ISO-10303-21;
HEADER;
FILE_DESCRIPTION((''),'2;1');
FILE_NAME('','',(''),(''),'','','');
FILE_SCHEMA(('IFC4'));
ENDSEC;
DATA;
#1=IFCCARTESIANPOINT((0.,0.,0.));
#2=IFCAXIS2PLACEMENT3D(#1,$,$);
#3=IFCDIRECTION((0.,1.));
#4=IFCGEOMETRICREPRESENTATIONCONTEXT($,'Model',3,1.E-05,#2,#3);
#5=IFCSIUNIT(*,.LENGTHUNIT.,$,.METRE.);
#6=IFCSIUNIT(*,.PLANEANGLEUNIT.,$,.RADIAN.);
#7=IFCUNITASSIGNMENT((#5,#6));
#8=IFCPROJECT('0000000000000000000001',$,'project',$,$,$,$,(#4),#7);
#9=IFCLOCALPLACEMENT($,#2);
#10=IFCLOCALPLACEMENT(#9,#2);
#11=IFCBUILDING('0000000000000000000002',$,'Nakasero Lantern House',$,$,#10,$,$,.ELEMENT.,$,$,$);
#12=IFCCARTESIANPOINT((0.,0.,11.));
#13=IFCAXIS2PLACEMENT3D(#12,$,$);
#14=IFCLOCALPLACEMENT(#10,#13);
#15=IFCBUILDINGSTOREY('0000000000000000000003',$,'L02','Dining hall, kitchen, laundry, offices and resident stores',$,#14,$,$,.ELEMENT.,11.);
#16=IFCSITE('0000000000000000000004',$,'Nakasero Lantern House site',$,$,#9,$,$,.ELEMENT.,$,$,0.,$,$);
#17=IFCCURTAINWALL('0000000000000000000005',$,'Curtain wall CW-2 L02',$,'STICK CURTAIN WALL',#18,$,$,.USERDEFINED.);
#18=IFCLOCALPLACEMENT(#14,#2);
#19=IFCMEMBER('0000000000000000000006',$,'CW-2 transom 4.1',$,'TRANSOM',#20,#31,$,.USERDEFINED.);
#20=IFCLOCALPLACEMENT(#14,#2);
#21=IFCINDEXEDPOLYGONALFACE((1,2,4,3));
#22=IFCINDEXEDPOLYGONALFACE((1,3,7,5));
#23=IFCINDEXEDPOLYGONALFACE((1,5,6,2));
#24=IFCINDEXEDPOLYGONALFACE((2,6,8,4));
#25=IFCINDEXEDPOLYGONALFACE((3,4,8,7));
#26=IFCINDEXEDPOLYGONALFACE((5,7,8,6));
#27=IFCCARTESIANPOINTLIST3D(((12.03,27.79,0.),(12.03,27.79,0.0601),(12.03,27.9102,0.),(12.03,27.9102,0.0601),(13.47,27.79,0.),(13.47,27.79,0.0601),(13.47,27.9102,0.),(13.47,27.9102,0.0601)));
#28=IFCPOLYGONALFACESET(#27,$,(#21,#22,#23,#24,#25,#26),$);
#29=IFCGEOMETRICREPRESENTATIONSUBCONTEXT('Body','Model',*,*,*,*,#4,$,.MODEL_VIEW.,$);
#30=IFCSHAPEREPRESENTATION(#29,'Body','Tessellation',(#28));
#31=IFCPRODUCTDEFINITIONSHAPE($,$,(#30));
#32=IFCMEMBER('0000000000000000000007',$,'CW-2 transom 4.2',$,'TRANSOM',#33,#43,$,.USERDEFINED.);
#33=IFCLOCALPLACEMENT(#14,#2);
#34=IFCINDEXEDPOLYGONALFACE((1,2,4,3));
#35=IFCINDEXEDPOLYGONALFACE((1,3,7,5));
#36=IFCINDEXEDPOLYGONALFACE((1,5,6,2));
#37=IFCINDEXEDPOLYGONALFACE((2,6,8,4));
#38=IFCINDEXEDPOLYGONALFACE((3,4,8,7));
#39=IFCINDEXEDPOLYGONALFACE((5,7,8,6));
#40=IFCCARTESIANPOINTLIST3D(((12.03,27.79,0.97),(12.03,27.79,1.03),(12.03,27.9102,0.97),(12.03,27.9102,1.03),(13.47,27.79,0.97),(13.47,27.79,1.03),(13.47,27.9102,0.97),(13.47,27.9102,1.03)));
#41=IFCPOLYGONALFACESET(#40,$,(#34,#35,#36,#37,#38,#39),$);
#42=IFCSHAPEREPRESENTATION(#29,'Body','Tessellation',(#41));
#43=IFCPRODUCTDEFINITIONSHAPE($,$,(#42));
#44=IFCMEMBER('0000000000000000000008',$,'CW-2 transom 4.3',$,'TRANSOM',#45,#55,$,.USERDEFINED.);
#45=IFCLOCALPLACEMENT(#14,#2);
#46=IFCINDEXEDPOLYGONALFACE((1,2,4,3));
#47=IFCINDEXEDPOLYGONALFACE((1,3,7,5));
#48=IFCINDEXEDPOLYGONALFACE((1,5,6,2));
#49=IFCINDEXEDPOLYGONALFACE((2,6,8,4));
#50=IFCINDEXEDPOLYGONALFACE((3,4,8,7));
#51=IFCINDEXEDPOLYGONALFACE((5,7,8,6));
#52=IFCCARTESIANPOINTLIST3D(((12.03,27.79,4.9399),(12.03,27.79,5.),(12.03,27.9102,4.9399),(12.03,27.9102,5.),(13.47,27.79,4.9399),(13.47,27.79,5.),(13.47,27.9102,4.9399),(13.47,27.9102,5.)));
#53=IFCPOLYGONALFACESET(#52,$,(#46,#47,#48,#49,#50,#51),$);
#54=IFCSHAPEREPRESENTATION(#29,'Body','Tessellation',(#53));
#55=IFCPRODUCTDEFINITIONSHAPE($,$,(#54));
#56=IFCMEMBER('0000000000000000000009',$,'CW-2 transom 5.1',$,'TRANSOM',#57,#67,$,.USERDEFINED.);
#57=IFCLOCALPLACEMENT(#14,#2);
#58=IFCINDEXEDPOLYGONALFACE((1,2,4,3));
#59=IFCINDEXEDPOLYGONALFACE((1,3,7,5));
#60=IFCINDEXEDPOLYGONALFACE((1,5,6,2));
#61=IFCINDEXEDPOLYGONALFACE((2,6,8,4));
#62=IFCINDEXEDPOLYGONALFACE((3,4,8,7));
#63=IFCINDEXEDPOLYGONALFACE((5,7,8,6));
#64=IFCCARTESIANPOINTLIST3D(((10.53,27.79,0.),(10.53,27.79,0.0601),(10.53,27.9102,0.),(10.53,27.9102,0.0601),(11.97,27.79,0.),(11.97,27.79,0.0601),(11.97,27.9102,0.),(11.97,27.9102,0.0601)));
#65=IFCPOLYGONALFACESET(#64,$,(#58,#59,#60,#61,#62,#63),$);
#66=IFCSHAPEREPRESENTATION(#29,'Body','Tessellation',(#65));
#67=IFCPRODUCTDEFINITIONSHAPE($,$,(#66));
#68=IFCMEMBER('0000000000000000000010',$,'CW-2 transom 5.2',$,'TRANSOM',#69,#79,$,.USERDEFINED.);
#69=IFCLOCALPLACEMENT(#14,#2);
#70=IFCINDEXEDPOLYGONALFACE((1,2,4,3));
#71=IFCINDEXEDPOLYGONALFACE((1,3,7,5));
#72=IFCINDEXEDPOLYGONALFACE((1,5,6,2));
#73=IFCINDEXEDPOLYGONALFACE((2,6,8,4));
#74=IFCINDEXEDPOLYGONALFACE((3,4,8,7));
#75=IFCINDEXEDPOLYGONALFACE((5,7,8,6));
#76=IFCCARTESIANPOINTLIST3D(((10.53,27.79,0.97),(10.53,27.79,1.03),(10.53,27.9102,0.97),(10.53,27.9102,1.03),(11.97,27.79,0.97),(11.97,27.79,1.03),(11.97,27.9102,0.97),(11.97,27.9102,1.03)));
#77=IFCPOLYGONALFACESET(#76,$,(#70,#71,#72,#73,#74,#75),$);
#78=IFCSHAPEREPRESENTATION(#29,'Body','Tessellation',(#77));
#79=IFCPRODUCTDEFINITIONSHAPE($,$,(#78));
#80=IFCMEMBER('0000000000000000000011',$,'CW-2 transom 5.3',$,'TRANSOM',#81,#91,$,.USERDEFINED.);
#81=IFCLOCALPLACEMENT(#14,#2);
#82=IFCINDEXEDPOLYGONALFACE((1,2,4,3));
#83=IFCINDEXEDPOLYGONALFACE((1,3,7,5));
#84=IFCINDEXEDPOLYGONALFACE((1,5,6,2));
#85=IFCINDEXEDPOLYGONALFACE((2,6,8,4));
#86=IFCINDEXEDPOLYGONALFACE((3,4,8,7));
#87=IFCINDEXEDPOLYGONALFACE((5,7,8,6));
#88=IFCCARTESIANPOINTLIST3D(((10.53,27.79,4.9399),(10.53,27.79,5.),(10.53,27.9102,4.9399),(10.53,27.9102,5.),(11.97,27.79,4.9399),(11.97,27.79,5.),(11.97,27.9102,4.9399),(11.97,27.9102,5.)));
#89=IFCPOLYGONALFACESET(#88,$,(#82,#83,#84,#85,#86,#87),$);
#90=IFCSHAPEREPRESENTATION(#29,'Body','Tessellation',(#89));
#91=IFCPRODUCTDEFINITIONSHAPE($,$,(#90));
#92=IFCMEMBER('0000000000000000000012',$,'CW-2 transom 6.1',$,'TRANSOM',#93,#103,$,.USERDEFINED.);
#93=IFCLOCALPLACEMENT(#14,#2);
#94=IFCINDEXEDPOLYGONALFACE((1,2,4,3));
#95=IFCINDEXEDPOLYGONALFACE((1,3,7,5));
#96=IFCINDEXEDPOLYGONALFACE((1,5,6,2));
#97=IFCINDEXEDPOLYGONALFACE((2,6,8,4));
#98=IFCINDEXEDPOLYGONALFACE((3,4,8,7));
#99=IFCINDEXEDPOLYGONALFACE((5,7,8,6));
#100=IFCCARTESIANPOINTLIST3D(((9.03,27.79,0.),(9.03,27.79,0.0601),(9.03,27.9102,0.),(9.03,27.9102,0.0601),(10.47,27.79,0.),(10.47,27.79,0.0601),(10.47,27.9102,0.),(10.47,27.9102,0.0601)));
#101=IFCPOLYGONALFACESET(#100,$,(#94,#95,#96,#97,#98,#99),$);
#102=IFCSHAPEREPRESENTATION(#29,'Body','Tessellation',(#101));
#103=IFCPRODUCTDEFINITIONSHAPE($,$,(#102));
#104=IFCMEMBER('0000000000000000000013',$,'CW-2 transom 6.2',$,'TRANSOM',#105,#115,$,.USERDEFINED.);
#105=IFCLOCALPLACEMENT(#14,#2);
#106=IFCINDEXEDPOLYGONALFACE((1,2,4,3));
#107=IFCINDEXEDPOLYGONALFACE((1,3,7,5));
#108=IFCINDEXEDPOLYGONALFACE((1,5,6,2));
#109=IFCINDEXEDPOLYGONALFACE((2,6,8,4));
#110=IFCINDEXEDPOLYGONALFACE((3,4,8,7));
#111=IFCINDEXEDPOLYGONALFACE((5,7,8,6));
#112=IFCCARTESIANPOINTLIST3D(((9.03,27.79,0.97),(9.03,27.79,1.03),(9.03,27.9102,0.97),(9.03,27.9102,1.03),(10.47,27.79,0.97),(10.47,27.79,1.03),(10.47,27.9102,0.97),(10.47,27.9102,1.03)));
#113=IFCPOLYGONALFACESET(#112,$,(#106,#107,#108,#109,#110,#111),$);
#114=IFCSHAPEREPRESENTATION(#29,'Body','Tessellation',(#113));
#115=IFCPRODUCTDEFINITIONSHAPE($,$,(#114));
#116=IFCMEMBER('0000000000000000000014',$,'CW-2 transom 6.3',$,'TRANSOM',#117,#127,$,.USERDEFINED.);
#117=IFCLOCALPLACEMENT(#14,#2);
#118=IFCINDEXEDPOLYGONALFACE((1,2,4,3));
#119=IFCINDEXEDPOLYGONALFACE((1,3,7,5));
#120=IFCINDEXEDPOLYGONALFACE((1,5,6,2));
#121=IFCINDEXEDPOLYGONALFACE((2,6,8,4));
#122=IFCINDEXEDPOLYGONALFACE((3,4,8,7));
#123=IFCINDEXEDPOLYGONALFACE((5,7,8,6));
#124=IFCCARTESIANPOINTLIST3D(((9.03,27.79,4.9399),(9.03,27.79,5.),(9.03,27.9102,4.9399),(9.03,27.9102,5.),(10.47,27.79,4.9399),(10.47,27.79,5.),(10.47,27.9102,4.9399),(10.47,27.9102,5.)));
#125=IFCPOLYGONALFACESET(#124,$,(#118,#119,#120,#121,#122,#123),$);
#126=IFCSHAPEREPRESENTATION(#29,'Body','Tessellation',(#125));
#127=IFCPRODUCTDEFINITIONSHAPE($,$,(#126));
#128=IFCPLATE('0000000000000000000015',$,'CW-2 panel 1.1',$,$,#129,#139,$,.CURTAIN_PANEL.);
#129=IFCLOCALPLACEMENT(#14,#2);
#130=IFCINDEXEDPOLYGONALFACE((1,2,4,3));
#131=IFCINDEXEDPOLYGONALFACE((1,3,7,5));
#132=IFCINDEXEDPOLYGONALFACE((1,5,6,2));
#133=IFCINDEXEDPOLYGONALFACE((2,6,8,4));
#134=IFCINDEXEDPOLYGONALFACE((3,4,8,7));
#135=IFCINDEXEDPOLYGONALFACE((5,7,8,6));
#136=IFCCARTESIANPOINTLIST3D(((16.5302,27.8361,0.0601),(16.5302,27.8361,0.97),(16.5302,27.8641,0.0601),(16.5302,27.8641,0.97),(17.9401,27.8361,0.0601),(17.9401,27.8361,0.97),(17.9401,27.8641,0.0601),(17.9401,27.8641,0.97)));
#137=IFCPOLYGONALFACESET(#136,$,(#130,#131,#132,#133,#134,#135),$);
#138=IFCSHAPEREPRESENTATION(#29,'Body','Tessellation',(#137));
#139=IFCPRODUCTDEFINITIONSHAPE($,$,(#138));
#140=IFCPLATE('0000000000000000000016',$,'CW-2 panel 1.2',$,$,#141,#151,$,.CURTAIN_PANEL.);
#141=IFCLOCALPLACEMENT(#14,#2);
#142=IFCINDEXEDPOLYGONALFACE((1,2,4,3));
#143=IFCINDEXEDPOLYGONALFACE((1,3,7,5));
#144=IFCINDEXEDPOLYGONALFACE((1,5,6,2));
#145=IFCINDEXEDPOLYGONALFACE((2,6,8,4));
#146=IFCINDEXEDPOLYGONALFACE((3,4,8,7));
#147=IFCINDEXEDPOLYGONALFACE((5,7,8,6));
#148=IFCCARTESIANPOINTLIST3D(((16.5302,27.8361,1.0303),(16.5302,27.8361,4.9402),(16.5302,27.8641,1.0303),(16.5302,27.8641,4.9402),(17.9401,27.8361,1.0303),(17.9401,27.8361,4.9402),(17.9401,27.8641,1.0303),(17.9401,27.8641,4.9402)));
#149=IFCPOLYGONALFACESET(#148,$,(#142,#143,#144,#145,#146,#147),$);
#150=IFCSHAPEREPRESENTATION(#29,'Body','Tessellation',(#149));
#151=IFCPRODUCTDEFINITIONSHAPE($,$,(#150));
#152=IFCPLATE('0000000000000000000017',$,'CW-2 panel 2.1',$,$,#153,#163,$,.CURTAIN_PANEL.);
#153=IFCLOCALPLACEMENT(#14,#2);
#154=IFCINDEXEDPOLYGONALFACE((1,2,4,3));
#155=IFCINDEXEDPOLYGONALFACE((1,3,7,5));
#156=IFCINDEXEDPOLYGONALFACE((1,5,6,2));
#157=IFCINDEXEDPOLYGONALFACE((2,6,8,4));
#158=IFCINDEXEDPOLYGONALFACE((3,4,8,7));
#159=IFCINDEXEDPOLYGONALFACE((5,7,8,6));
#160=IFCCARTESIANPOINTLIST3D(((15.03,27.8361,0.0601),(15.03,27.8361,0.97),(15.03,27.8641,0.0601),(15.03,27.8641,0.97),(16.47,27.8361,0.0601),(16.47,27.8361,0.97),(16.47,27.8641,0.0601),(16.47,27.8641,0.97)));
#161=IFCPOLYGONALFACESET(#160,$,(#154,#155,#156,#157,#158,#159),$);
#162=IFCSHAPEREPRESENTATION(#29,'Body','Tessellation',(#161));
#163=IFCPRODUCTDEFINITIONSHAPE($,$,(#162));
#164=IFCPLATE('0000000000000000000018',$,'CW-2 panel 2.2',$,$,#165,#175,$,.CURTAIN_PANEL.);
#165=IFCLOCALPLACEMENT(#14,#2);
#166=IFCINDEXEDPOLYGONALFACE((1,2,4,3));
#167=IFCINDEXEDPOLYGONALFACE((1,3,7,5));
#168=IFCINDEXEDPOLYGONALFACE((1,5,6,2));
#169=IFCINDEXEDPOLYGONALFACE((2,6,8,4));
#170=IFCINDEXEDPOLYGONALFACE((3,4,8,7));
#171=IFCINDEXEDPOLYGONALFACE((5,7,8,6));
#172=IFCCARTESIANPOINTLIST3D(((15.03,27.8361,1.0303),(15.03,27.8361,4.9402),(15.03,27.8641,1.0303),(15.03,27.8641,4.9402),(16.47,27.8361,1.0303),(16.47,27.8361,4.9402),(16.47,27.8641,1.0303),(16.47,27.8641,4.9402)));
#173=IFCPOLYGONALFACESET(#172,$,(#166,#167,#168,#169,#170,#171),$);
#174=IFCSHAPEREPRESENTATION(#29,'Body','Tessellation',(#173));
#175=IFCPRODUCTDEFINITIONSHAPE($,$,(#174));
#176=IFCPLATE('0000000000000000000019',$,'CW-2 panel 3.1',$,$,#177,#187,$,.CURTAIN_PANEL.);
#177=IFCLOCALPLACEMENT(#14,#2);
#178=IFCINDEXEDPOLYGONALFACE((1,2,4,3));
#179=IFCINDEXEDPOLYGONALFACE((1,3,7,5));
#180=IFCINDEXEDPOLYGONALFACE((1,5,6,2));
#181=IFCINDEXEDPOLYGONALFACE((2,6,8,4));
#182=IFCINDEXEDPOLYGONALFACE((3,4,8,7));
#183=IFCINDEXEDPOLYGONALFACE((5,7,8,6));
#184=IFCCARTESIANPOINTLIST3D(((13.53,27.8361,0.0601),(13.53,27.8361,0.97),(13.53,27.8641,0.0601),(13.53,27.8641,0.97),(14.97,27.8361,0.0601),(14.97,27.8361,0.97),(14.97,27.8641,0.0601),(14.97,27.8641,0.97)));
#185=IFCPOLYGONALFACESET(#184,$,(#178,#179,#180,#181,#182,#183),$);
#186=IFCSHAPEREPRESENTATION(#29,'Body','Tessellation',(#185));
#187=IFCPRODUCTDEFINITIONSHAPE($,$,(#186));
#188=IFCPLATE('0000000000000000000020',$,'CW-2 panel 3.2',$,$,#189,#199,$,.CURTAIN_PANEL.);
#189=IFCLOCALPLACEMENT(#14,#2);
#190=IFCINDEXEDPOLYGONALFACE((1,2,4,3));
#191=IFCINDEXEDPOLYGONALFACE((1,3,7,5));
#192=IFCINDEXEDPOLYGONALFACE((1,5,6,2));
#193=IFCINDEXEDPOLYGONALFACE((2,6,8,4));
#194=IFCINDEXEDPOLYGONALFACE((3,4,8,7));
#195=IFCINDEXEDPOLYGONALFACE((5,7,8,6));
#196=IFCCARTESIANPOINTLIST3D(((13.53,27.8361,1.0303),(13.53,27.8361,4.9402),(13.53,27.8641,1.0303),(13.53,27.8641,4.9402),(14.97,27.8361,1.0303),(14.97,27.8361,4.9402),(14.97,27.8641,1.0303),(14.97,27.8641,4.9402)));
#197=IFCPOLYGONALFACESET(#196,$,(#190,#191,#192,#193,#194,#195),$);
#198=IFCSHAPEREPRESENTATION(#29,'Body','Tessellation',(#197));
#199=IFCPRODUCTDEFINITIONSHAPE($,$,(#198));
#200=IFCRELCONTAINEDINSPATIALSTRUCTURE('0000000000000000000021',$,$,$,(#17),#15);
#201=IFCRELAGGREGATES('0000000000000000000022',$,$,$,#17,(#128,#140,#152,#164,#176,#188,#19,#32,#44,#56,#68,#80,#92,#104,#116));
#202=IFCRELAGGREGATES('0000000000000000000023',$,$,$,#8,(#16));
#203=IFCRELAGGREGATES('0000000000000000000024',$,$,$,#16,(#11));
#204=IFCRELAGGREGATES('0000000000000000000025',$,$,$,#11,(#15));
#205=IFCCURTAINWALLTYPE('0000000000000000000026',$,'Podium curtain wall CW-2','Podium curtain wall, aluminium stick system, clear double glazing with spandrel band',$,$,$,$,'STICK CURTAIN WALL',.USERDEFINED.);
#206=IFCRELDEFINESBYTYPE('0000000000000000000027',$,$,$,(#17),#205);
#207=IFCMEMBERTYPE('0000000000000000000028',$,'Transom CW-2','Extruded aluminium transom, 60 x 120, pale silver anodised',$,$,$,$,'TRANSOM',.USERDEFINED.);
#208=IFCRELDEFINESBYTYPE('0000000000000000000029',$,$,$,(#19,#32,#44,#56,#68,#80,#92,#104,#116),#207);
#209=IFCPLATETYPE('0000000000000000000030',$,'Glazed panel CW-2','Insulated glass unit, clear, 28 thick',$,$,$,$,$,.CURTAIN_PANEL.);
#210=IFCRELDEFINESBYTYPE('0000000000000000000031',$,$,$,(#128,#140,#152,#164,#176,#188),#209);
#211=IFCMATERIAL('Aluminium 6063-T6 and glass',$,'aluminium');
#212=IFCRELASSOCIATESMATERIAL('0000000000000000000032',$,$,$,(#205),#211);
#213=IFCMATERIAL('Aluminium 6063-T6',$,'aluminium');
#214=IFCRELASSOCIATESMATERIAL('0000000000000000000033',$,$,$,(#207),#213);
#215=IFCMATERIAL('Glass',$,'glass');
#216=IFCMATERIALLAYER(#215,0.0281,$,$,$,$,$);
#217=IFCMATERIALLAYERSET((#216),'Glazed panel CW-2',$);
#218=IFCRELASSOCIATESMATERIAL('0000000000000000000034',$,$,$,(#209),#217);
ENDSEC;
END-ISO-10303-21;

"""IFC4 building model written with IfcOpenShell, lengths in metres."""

from ifc_helpers import new_model, si_unit, direction, frame, origin, origin_2d, place, context, subcontext, project, spatial, rectangle, extrude, material, layer, layer_set, material_profile, profile_set, type_object, element, aggregate, save


model = new_model("IFC4")

# Units and contexts
model_context = context("Model", 3, precision=1e-05, world=origin(), true_north=direction((0.0, 1.0)))
body_context = subcontext(model_context, "Body", "Model", "MODEL_VIEW")
ifc_project = project(units=[si_unit("LENGTHUNIT", "METRE"), si_unit("PLANEANGLEUNIT", "RADIAN")], contexts=[model_context])

# Site, building, storey
site_placement = place(None, origin())
site = spatial("IfcSite", under=ifc_project, at=site_placement, Name="Nakasero Lantern House site", CompositionType="ELEMENT", RefElevation=0.0)
building_placement = place(site_placement, origin())
building = spatial("IfcBuilding", under=site, at=building_placement, Name="Nakasero Lantern House", CompositionType="ELEMENT")
storey_placement = place(building_placement, frame((0.0, 0.0, 11.0)))
storey = spatial("IfcBuildingStorey", under=building, at=storey_placement, Name="L02", Description="Dining hall, kitchen, laundry, offices and resident stores", CompositionType="ELEMENT", Elevation=11.0)

# Curtain wall, members, plates
ifc_material_1 = material(Name="Aluminium 6063-T6 and glass", Category="aluminium")
curtain_wall_type = type_object("IfcCurtainWallType", Name="Podium curtain wall CW-2", Description="Podium curtain wall, aluminium stick system, clear double glazing with spandrel band", ElementType="STICK CURTAIN WALL", PredefinedType="USERDEFINED", material=ifc_material_1)
curtain_wall_placement = place(storey_placement, origin())
curtain_wall = element("IfcCurtainWall", 1, at=curtain_wall_placement, inside=storey, type_object=curtain_wall_type, Name="Curtain wall CW-2 L02", ObjectType="STICK CURTAIN WALL", PredefinedType="USERDEFINED")
ifc_material_2 = material(Name="Aluminium 6063-T6", Category="aluminium")
ifc_material_profile_1 = material_profile(ifc_material_2, rectangle(XDim=0.0601, YDim=0.1201, at=origin_2d()), Name="CW-2 transom 60x120")
ifc_profile_set_1 = profile_set([ifc_material_profile_1], Name="Aluminium 6063-T6")
member_type_1 = type_object("IfcMemberType", Name="Transom CW-2", Description="Extruded aluminium transom, 60 x 120, pale silver anodised", ElementType="TRANSOM", PredefinedType="USERDEFINED", material=ifc_profile_set_1)
member_1_placement = place(storey_placement, frame((13.47, 27.8501, 0.03), z_axis=(-1.0, 0.0, 0.0), x_axis=(0.0, 0.0, 1.0)))
member_1 = element("IfcMember", 2, at=member_1_placement, type_object=member_type_1, Name="CW-2 transom 4.1", ObjectType="TRANSOM", PredefinedType="USERDEFINED", context=body_context, shape_type="SweptSolid", body=[
    extrude(rectangle(XDim=0.0601, YDim=0.1201, at=origin_2d()), origin(), (0.0, 0.0, 1.0), 1.4399),
])
member_2_placement = place(storey_placement, frame((13.47, 27.8501, 1.0), z_axis=(-1.0, 0.0, 0.0), x_axis=(0.0, 0.0, 1.0)))
member_2 = element("IfcMember", 3, at=member_2_placement, type_object=member_type_1, Name="CW-2 transom 4.2", ObjectType="TRANSOM", PredefinedType="USERDEFINED", context=body_context, shape_type="SweptSolid", body=[
    extrude(rectangle(XDim=0.0601, YDim=0.1201, at=origin_2d()), origin(), (0.0, 0.0, 1.0), 1.4399),
])
member_3_placement = place(storey_placement, frame((13.47, 27.8501, 4.97), z_axis=(-1.0, 0.0, 0.0), x_axis=(0.0, 0.0, 1.0)))
member_3 = element("IfcMember", 4, at=member_3_placement, type_object=member_type_1, Name="CW-2 transom 4.3", ObjectType="TRANSOM", PredefinedType="USERDEFINED", context=body_context, shape_type="SweptSolid", body=[
    extrude(rectangle(XDim=0.0601, YDim=0.1201, at=origin_2d()), origin(), (0.0, 0.0, 1.0), 1.4399),
])
member_4_placement = place(storey_placement, frame((11.97, 27.8501, 0.03), z_axis=(-1.0, 0.0, 0.0), x_axis=(0.0, 0.0, 1.0)))
member_4 = element("IfcMember", 5, at=member_4_placement, type_object=member_type_1, Name="CW-2 transom 5.1", ObjectType="TRANSOM", PredefinedType="USERDEFINED", context=body_context, shape_type="SweptSolid", body=[
    extrude(rectangle(XDim=0.0601, YDim=0.1201, at=origin_2d()), origin(), (0.0, 0.0, 1.0), 1.4399),
])
member_5_placement = place(storey_placement, frame((11.97, 27.8501, 1.0), z_axis=(-1.0, 0.0, 0.0), x_axis=(0.0, 0.0, 1.0)))
member_5 = element("IfcMember", 6, at=member_5_placement, type_object=member_type_1, Name="CW-2 transom 5.2", ObjectType="TRANSOM", PredefinedType="USERDEFINED", context=body_context, shape_type="SweptSolid", body=[
    extrude(rectangle(XDim=0.0601, YDim=0.1201, at=origin_2d()), origin(), (0.0, 0.0, 1.0), 1.4399),
])
member_6_placement = place(storey_placement, frame((11.97, 27.8501, 4.97), z_axis=(-1.0, 0.0, 0.0), x_axis=(0.0, 0.0, 1.0)))
member_6 = element("IfcMember", 7, at=member_6_placement, type_object=member_type_1, Name="CW-2 transom 5.3", ObjectType="TRANSOM", PredefinedType="USERDEFINED", context=body_context, shape_type="SweptSolid", body=[
    extrude(rectangle(XDim=0.0601, YDim=0.1201, at=origin_2d()), origin(), (0.0, 0.0, 1.0), 1.4399),
])
member_7_placement = place(storey_placement, frame((10.47, 27.8501, 0.03), z_axis=(-1.0, 0.0, 0.0), x_axis=(0.0, 0.0, 1.0)))
member_7 = element("IfcMember", 8, at=member_7_placement, type_object=member_type_1, Name="CW-2 transom 6.1", ObjectType="TRANSOM", PredefinedType="USERDEFINED", context=body_context, shape_type="SweptSolid", body=[
    extrude(rectangle(XDim=0.0601, YDim=0.1201, at=origin_2d()), origin(), (0.0, 0.0, 1.0), 1.4399),
])
member_8_placement = place(storey_placement, frame((10.47, 27.8501, 1.0), z_axis=(-1.0, 0.0, 0.0), x_axis=(0.0, 0.0, 1.0)))
member_8 = element("IfcMember", 9, at=member_8_placement, type_object=member_type_1, Name="CW-2 transom 6.2", ObjectType="TRANSOM", PredefinedType="USERDEFINED", context=body_context, shape_type="SweptSolid", body=[
    extrude(rectangle(XDim=0.0601, YDim=0.1201, at=origin_2d()), origin(), (0.0, 0.0, 1.0), 1.4399),
])
member_9_placement = place(storey_placement, frame((10.47, 27.8501, 4.97), z_axis=(-1.0, 0.0, 0.0), x_axis=(0.0, 0.0, 1.0)))
member_9 = element("IfcMember", 10, at=member_9_placement, type_object=member_type_1, Name="CW-2 transom 6.3", ObjectType="TRANSOM", PredefinedType="USERDEFINED", context=body_context, shape_type="SweptSolid", body=[
    extrude(rectangle(XDim=0.0601, YDim=0.1201, at=origin_2d()), origin(), (0.0, 0.0, 1.0), 1.4399),
])
ifc_material_3 = material(Name="Glass", Category="glass")
ifc_layer = layer(ifc_material_3, 0.0281)
ifc_layer_set = layer_set([ifc_layer], Name="Glazed panel CW-2")
plate_type = type_object("IfcPlateType", Name="Glazed panel CW-2", Description="Insulated glass unit, clear, 28 thick", PredefinedType="CURTAIN_PANEL", material=ifc_layer_set)
plate_1_placement = place(storey_placement, frame((17.2351, 27.8501, 0.0601), z_axis=(0.0, 0.0, 1.0), x_axis=(-1.0, 0.0, 0.0)))
plate_1 = element("IfcPlate", 11, at=plate_1_placement, type_object=plate_type, Name="CW-2 panel 1.1", PredefinedType="CURTAIN_PANEL", context=body_context, shape_type="SweptSolid", body=[
    extrude(rectangle(XDim=1.4099, YDim=0.0281, at=origin_2d()), origin(), (0.0, 0.0, 1.0), 0.9099),
])
plate_2_placement = place(storey_placement, frame((17.2351, 27.8501, 1.0303), z_axis=(0.0, 0.0, 1.0), x_axis=(-1.0, 0.0, 0.0)))
plate_2 = element("IfcPlate", 12, at=plate_2_placement, type_object=plate_type, Name="CW-2 panel 1.2", PredefinedType="CURTAIN_PANEL", context=body_context, shape_type="SweptSolid", body=[
    extrude(rectangle(XDim=1.4099, YDim=0.0281, at=origin_2d()), origin(), (0.0, 0.0, 1.0), 3.9099),
])
plate_3_placement = place(storey_placement, frame((15.75, 27.8501, 0.0601), z_axis=(0.0, 0.0, 1.0), x_axis=(-1.0, 0.0, 0.0)))
plate_3 = element("IfcPlate", 13, at=plate_3_placement, type_object=plate_type, Name="CW-2 panel 2.1", PredefinedType="CURTAIN_PANEL", context=body_context, shape_type="SweptSolid", body=[
    extrude(rectangle(XDim=1.4399, YDim=0.0281, at=origin_2d()), origin(), (0.0, 0.0, 1.0), 0.9099),
])
plate_4_placement = place(storey_placement, frame((15.75, 27.8501, 1.0303), z_axis=(0.0, 0.0, 1.0), x_axis=(-1.0, 0.0, 0.0)))
plate_4 = element("IfcPlate", 14, at=plate_4_placement, type_object=plate_type, Name="CW-2 panel 2.2", PredefinedType="CURTAIN_PANEL", context=body_context, shape_type="SweptSolid", body=[
    extrude(rectangle(XDim=1.4399, YDim=0.0281, at=origin_2d()), origin(), (0.0, 0.0, 1.0), 3.9099),
])
plate_5_placement = place(storey_placement, frame((14.25, 27.8501, 0.0601), z_axis=(0.0, 0.0, 1.0), x_axis=(-1.0, 0.0, 0.0)))
plate_5 = element("IfcPlate", 15, at=plate_5_placement, type_object=plate_type, Name="CW-2 panel 3.1", PredefinedType="CURTAIN_PANEL", context=body_context, shape_type="SweptSolid", body=[
    extrude(rectangle(XDim=1.4399, YDim=0.0281, at=origin_2d()), origin(), (0.0, 0.0, 1.0), 0.9099),
])
plate_6_placement = place(storey_placement, frame((14.25, 27.8501, 1.0303), z_axis=(0.0, 0.0, 1.0), x_axis=(-1.0, 0.0, 0.0)))
plate_6 = element("IfcPlate", 16, at=plate_6_placement, type_object=plate_type, Name="CW-2 panel 3.2", PredefinedType="CURTAIN_PANEL", context=body_context, shape_type="SweptSolid", body=[
    extrude(rectangle(XDim=1.4399, YDim=0.0281, at=origin_2d()), origin(), (0.0, 0.0, 1.0), 3.9099),
])
aggregate(curtain_wall, [plate_1, plate_2, plate_3, plate_4, plate_5, plate_6, member_1, member_2, member_3, member_4, member_5, member_6, member_7, member_8, member_9])

save(model, "model.ifc")
